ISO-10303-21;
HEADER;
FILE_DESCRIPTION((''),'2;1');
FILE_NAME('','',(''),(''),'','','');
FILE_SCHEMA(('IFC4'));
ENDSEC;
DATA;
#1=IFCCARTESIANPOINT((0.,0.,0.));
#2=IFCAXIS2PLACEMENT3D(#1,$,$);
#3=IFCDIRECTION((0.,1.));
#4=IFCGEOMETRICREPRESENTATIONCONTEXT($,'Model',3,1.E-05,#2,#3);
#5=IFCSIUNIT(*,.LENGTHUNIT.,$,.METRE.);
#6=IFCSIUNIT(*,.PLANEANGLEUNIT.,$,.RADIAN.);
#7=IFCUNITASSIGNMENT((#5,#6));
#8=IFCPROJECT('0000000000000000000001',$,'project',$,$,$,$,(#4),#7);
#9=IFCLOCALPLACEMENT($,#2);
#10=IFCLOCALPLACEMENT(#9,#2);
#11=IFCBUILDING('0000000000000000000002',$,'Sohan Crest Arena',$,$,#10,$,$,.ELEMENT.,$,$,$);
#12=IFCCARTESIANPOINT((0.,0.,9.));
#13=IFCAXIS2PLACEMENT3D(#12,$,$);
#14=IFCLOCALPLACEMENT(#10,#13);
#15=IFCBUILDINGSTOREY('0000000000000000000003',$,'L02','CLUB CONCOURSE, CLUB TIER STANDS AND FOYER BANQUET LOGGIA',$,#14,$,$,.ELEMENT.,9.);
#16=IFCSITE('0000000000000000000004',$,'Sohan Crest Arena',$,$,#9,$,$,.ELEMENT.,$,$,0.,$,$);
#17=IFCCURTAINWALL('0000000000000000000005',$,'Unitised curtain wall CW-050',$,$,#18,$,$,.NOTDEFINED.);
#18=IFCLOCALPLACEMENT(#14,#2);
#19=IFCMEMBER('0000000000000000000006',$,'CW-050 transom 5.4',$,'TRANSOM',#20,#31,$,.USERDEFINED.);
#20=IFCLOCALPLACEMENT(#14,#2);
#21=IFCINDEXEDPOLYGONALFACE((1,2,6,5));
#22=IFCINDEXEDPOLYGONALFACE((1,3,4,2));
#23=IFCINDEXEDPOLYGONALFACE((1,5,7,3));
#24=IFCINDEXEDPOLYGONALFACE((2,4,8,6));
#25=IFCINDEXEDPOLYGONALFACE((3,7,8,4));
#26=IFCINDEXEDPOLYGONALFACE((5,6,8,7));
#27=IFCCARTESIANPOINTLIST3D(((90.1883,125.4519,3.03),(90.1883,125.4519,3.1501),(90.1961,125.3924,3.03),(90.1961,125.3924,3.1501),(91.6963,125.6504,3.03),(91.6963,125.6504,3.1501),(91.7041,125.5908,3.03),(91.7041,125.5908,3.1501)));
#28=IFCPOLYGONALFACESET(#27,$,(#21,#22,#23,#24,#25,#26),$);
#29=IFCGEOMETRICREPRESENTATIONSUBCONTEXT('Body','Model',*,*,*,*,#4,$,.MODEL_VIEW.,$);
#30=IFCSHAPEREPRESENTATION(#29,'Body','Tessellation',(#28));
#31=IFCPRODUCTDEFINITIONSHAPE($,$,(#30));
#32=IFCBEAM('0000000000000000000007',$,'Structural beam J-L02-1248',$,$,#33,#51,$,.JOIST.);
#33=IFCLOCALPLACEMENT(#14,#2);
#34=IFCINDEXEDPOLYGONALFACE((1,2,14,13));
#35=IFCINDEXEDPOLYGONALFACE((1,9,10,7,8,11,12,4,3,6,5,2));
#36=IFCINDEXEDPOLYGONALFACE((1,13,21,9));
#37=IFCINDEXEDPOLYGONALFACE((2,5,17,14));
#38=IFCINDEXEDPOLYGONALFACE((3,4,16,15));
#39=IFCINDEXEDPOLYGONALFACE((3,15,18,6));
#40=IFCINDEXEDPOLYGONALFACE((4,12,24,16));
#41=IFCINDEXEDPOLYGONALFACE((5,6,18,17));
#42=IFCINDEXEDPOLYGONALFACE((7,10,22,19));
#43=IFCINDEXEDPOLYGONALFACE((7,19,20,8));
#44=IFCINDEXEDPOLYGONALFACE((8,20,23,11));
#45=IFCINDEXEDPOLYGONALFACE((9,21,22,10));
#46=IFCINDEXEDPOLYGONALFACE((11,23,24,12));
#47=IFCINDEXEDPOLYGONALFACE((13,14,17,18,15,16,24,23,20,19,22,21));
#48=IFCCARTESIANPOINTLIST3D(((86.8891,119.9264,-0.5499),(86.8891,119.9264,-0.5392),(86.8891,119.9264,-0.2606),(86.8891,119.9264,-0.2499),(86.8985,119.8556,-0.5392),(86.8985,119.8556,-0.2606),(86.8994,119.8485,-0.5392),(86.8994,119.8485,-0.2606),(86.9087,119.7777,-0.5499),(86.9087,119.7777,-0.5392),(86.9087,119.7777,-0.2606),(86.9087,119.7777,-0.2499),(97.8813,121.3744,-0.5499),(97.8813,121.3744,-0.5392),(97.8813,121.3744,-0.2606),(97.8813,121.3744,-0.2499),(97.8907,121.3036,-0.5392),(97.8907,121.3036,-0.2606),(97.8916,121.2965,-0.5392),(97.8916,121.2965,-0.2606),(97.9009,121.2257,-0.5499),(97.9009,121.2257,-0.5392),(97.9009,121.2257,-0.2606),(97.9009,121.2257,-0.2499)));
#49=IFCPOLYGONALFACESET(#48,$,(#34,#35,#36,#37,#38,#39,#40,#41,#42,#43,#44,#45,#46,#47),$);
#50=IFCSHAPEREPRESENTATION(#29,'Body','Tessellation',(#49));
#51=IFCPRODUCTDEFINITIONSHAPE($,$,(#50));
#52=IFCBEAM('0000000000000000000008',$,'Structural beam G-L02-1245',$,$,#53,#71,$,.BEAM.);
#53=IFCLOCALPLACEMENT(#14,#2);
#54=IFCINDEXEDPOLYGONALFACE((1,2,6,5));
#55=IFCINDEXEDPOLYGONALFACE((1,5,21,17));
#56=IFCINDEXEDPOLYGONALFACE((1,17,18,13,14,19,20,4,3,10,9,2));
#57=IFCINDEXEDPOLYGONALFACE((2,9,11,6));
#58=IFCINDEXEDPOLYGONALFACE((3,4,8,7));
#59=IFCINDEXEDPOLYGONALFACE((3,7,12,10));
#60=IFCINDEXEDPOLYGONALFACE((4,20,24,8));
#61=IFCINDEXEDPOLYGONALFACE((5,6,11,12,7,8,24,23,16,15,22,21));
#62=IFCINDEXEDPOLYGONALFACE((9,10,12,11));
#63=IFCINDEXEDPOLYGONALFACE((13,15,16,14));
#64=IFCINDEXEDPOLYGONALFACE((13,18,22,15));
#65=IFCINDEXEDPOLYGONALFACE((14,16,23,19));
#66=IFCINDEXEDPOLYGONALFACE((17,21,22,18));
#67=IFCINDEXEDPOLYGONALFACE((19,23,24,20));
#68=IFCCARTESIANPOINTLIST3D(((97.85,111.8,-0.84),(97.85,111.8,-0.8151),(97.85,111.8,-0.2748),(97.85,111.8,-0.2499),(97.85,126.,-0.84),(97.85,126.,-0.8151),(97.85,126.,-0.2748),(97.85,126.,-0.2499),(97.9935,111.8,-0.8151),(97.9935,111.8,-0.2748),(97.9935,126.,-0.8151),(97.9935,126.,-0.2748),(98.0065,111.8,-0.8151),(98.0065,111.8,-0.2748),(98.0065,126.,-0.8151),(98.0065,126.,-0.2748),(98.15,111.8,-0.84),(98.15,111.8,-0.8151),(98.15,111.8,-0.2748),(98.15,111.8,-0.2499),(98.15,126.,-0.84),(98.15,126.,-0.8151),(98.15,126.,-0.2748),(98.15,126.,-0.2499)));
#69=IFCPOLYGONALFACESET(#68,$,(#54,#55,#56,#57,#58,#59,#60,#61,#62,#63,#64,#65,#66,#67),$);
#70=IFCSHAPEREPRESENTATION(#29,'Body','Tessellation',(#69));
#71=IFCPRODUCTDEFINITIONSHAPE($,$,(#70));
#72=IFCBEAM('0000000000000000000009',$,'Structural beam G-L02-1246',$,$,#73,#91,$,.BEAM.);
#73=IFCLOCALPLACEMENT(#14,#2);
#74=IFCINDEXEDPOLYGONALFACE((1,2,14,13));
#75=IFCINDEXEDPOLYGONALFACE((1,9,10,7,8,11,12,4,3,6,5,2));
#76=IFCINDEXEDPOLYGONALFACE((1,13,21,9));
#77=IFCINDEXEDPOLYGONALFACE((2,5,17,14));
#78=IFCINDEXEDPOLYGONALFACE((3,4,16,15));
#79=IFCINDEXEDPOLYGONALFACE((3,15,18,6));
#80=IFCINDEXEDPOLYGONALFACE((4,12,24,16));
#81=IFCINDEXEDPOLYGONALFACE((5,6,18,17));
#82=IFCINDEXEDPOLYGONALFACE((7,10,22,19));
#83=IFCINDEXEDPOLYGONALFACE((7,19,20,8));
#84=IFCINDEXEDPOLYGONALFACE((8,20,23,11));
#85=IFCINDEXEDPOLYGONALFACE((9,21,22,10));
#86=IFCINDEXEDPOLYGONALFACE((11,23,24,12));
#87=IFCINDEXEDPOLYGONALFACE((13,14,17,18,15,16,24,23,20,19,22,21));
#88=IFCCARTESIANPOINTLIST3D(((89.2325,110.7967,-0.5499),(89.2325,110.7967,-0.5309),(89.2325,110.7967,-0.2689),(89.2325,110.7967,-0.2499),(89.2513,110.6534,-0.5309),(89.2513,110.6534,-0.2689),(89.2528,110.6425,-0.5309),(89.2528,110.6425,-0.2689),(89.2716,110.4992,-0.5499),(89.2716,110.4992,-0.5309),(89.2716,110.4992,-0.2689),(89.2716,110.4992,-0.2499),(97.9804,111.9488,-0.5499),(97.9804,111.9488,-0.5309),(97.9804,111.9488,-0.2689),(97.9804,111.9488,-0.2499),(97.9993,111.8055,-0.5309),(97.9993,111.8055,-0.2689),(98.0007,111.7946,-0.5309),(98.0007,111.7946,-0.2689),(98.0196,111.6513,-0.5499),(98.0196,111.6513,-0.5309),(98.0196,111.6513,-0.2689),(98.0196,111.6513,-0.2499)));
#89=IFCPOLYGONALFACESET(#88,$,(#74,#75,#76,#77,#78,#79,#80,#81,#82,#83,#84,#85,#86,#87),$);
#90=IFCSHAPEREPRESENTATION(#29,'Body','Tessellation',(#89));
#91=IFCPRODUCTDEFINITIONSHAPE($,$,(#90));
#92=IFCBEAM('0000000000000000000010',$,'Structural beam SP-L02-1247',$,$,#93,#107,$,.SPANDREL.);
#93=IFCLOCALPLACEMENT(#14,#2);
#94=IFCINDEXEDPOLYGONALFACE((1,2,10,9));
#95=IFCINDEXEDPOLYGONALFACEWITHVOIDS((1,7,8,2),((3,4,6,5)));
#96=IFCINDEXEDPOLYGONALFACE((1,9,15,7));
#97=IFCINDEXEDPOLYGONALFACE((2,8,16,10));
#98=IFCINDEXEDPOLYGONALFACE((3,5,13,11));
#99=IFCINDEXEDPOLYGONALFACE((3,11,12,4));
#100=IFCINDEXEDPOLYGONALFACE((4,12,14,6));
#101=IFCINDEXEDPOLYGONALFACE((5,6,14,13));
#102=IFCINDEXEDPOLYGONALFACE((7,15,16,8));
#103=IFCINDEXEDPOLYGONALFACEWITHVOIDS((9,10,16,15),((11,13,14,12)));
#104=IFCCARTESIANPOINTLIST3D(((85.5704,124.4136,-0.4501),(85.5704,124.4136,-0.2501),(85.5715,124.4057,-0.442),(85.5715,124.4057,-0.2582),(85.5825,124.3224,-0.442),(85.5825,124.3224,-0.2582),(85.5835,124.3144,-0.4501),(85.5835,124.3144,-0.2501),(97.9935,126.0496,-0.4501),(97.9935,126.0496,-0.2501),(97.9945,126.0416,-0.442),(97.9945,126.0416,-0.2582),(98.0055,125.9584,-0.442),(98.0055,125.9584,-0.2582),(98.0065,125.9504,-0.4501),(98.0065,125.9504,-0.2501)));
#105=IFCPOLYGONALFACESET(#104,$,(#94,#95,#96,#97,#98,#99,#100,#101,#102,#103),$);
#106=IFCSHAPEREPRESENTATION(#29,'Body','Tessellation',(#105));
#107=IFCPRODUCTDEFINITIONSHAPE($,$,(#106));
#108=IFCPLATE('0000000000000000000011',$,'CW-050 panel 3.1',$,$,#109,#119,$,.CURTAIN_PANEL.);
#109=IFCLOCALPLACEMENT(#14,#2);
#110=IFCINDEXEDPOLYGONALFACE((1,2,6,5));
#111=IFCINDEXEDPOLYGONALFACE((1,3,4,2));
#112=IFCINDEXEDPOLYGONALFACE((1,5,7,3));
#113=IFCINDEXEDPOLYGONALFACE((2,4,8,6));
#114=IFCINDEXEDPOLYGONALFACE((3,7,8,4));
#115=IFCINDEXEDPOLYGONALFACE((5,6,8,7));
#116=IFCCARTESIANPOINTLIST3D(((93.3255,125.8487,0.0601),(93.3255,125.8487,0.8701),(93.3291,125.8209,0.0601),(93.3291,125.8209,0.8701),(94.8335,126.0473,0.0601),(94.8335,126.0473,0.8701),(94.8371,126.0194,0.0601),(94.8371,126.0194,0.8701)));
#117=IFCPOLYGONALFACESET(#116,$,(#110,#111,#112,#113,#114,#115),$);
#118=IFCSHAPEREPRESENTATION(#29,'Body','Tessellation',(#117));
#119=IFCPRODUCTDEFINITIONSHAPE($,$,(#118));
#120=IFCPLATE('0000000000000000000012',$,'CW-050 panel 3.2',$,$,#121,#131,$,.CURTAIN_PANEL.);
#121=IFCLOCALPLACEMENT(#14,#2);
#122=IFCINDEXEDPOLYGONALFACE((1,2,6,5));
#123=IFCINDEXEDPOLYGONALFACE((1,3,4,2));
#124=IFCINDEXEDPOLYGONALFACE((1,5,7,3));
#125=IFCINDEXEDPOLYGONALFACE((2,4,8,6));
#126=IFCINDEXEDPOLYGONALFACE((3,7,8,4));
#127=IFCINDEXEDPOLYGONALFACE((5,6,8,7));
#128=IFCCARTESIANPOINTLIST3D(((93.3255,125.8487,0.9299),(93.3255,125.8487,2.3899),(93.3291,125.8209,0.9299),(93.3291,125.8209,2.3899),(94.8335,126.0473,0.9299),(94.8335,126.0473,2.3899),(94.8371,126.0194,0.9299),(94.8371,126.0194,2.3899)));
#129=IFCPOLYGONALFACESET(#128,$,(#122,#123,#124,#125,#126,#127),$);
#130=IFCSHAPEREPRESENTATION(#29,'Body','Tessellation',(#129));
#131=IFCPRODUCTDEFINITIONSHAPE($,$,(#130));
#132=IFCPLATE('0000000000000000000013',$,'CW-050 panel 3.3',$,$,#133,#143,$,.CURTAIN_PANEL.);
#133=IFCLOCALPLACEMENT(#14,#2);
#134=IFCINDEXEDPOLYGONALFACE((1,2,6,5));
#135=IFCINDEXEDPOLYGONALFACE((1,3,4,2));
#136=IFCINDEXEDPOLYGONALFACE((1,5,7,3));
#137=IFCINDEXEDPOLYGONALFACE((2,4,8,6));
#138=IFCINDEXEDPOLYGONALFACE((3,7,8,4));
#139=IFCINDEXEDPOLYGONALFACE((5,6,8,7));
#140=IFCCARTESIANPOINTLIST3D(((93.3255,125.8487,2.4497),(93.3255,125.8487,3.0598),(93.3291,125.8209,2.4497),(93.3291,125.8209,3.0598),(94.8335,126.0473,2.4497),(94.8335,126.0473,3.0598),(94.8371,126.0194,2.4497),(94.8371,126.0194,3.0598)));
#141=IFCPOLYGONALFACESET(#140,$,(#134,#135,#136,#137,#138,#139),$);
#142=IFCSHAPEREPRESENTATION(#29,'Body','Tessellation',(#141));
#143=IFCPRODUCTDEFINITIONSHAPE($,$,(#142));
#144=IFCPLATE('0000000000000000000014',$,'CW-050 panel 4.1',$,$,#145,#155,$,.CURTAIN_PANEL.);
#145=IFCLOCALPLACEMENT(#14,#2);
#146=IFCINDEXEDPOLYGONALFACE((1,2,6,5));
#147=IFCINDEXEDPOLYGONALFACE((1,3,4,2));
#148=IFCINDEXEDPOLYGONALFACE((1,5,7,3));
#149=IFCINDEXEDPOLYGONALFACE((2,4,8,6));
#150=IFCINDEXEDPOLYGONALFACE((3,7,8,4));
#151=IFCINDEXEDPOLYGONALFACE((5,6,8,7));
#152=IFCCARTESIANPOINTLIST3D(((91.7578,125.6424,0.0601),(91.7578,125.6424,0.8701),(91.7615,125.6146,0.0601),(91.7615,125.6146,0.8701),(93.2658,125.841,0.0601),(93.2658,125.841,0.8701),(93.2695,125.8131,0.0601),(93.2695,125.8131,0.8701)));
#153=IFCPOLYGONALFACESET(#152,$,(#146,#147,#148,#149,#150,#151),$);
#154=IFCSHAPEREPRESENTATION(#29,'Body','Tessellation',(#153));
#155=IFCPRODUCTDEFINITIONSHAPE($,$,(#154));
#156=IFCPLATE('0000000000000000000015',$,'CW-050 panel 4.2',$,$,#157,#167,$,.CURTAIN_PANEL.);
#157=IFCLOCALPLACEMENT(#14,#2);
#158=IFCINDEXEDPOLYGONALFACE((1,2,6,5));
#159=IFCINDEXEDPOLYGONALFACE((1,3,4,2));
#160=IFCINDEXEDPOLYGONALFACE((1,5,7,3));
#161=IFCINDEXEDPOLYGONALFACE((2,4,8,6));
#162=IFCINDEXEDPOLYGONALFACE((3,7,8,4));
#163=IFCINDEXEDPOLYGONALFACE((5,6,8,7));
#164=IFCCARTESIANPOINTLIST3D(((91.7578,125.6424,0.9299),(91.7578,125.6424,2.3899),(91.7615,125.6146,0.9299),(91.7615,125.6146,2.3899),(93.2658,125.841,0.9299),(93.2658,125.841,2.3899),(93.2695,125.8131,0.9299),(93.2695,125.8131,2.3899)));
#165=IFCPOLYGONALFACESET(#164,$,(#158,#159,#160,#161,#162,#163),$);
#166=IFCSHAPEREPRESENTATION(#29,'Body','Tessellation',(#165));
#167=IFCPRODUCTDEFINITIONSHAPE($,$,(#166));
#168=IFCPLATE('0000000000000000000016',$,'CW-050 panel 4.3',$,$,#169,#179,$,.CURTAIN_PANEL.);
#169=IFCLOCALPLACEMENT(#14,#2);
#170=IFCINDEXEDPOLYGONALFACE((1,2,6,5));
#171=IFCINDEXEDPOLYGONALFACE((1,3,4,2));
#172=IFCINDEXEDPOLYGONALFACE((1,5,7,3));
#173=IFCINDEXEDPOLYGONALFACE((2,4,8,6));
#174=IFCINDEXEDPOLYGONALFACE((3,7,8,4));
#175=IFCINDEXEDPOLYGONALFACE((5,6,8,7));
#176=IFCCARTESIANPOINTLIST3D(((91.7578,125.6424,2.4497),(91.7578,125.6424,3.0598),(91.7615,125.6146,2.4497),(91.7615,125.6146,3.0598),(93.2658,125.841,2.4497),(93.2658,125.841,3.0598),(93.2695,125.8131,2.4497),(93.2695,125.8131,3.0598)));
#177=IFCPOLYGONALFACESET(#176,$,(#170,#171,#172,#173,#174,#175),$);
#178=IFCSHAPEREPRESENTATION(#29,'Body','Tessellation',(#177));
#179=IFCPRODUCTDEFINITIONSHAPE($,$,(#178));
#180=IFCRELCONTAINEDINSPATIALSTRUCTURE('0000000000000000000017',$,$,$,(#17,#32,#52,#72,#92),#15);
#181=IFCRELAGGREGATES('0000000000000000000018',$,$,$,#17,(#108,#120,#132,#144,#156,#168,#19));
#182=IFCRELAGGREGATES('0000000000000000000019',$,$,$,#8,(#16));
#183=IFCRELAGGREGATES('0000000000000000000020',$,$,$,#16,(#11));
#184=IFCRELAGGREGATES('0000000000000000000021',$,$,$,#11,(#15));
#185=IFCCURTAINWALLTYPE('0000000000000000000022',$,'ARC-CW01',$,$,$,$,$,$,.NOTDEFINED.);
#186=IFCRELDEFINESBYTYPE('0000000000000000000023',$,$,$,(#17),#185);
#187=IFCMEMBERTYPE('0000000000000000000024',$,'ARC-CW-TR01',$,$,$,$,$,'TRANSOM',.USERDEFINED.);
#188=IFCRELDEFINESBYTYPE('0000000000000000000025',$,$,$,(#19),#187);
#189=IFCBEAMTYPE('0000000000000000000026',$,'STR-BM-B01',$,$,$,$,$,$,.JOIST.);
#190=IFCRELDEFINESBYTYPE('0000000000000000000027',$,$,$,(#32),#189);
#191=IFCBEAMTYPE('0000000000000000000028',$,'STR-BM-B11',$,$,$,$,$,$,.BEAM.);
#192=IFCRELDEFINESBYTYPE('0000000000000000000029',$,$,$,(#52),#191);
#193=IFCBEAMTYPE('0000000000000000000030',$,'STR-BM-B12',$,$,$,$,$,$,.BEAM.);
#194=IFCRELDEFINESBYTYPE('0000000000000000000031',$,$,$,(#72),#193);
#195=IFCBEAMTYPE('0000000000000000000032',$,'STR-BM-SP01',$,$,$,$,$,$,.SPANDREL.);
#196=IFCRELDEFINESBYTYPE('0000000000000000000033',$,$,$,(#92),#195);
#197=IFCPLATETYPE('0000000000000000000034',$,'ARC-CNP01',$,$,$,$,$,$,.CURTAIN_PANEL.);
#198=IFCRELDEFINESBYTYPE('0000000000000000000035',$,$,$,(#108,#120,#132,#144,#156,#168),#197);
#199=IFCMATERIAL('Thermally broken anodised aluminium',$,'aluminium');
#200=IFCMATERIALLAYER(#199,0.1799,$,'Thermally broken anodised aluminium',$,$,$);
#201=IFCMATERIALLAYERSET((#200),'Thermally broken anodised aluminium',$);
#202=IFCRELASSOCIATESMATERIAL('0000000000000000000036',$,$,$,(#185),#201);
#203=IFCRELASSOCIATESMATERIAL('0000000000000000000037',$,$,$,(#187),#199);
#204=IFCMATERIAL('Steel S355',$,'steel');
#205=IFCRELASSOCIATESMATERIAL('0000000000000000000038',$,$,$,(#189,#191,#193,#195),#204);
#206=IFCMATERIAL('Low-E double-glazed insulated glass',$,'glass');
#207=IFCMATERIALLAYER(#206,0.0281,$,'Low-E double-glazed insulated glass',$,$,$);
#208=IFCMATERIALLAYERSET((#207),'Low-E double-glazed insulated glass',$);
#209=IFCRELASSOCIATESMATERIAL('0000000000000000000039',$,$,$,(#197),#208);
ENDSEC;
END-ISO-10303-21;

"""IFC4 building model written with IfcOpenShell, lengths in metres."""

from ifc_helpers import new_model, si_unit, direction, frame, origin, origin_2d, place, context, subcontext, project, spatial, rectangle, hollow_rectangle, i_section, extrude, material, layer, layer_set, material_profile, profile_set, type_object, element, aggregate, save


model = new_model("IFC4")

# Units and contexts
model_context = context("Model", 3, precision=1e-05, world=origin(), true_north=direction((0.0, 1.0)))
body_context = subcontext(model_context, "Body", "Model", "MODEL_VIEW")
ifc_project = project(units=[si_unit("LENGTHUNIT", "METRE"), si_unit("PLANEANGLEUNIT", "RADIAN")], contexts=[model_context])

# Site, building, storey
site_placement = place(None, origin())
site = spatial("IfcSite", under=ifc_project, at=site_placement, Name="Sohan Crest Arena", CompositionType="ELEMENT", RefElevation=0.0)
building_placement = place(site_placement, origin())
building = spatial("IfcBuilding", under=site, at=building_placement, Name="Sohan Crest Arena", CompositionType="ELEMENT")
storey_placement = place(building_placement, frame((0.0, 0.0, 9.0)))
storey = spatial("IfcBuildingStorey", under=building, at=storey_placement, Name="L02", Description="CLUB CONCOURSE, CLUB TIER STANDS AND FOYER BANQUET LOGGIA", CompositionType="ELEMENT", Elevation=9.0)

# Shared definitions
ifc_material_1 = material(Name="Steel S355", Category="steel")

# Curtain wall, member
ifc_material_2 = material(Name="Thermally broken anodised aluminium", Category="aluminium")
ifc_layer_1 = layer(ifc_material_2, 0.1799, Name="Thermally broken anodised aluminium")
ifc_layer_set_1 = layer_set([ifc_layer_1], Name="Thermally broken anodised aluminium")
curtain_wall_type_1 = type_object("IfcCurtainWallType", Name="ARC-CW01", PredefinedType="NOTDEFINED", material=ifc_layer_set_1)
curtain_wall_1_placement = place(storey_placement, origin())
curtain_wall_1 = element("IfcCurtainWall", 1, at=curtain_wall_1_placement, inside=storey, type_object=curtain_wall_type_1, Name="Unitised curtain wall CW-050", PredefinedType="NOTDEFINED")
ifc_material_profile_1 = material_profile(ifc_material_2, rectangle(XDim=0.0601, YDim=0.1201, at=origin_2d()), Name="ALU-TRAN 60x120")
ifc_profile_set_1 = profile_set([ifc_material_profile_1], Name="Thermally broken anodised aluminium")
member_type_1 = type_object("IfcMemberType", Name="ARC-CW-TR01", ElementType="TRANSOM", PredefinedType="USERDEFINED", material=ifc_profile_set_1)
member_1_placement = place(storey_placement, frame((91.7002, 125.6206, 3.0901), z_axis=(-0.991449, -0.130492, 0.0), x_axis=(0.130492, -0.991449, 0.0)))
member_1 = element("IfcMember", 2, at=member_1_placement, type_object=member_type_1, Name="CW-050 transom 5.4", ObjectType="TRANSOM", PredefinedType="USERDEFINED", context=body_context, shape_type="SweptSolid", body=[
    extrude(rectangle(XDim=0.0601, YDim=0.1201, at=origin_2d()), origin(), (0.0, 0.0, 1.0), 1.521),
])

# Beams
ifc_material_profile_2 = material_profile(ifc_material_1, i_section(OverallWidth=0.1499, OverallDepth=0.3, WebThickness=0.0071, FlangeThickness=0.0107, at=origin_2d()), Name="IPE 300")
ifc_profile_set_2 = profile_set([ifc_material_profile_2], Name="Steel S355")
beam_type_1 = type_object("IfcBeamType", Name="STR-BM-B01", PredefinedType="JOIST", material=ifc_profile_set_2)
beam_1_placement = place(storey_placement, frame((97.8911, 121.3, -0.3999), z_axis=(-0.991435, -0.130601, 0.0), x_axis=(0.130601, -0.991435, 0.0)))
element("IfcBeam", 3, at=beam_1_placement, inside=storey, type_object=beam_type_1, Name="Structural beam J-L02-1248", PredefinedType="JOIST", context=body_context, shape_type="SweptSolid", body=[
    extrude(i_section(OverallWidth=0.1499, OverallDepth=0.3, WebThickness=0.0071, FlangeThickness=0.0107, at=origin_2d()), origin(), (0.0, 0.0, 1.0), 11.0872),
])
ifc_material_profile_3 = material_profile(ifc_material_1, i_section(OverallWidth=0.3, OverallDepth=0.5901, WebThickness=0.0129, FlangeThickness=0.0249, at=origin_2d()), Name="HEA 600")
ifc_profile_set_3 = profile_set([ifc_material_profile_3], Name="Steel S355")
beam_type_2 = type_object("IfcBeamType", Name="STR-BM-B11", PredefinedType="BEAM", material=ifc_profile_set_3)
beam_2_placement = place(storey_placement, frame((98.0, 111.8, -0.5449), z_axis=(0.0, 1.0, 0.0), x_axis=(-1.0, 0.0, 0.0)))
element("IfcBeam", 4, at=beam_2_placement, inside=storey, type_object=beam_type_2, Name="Structural beam G-L02-1245", PredefinedType="BEAM", context=body_context, shape_type="SweptSolid", body=[
    extrude(i_section(OverallWidth=0.3, OverallDepth=0.5901, WebThickness=0.0129, FlangeThickness=0.0249, at=origin_2d()), origin(), (0.0, 0.0, 1.0), 14.2),
])
ifc_material_profile_4 = material_profile(ifc_material_1, i_section(OverallWidth=0.3, OverallDepth=0.3, WebThickness=0.011, FlangeThickness=0.019, at=origin_2d()), Name="HEB 300")
ifc_profile_set_4 = profile_set([ifc_material_profile_4], Name="Steel S355")
beam_type_3 = type_object("IfcBeamType", Name="STR-BM-B12", PredefinedType="BEAM", material=ifc_profile_set_4)
beam_3_placement = place(storey_placement, frame((98.0, 111.8, -0.3999), z_axis=(-0.991439, -0.13057, 0.0), x_axis=(0.13057, -0.991439, 0.0)))
element("IfcBeam", 5, at=beam_3_placement, inside=storey, type_object=beam_type_3, Name="Structural beam G-L02-1246", PredefinedType="BEAM", context=body_context, shape_type="SweptSolid", body=[
    extrude(i_section(OverallWidth=0.3, OverallDepth=0.3, WebThickness=0.011, FlangeThickness=0.019, at=origin_2d()), origin(), (0.0, 0.0, 1.0), 8.8235),
])
ifc_material_profile_5 = material_profile(ifc_material_1, hollow_rectangle(XDim=0.1001, YDim=0.2, WallThickness=0.0081, at=origin_2d()), Name="RHS 200x100x8")
ifc_profile_set_5 = profile_set([ifc_material_profile_5], Name="Steel S355")
beam_type_4 = type_object("IfcBeamType", Name="STR-BM-SP01", PredefinedType="SPANDREL", material=ifc_profile_set_5)
beam_4_placement = place(storey_placement, frame((98.0, 126.0, -0.3501), z_axis=(-0.99144, -0.130562, 0.0), x_axis=(0.130562, -0.99144, 0.0)))
element("IfcBeam", 6, at=beam_4_placement, inside=storey, type_object=beam_type_4, Name="Structural beam SP-L02-1247", PredefinedType="SPANDREL", context=body_context, shape_type="SweptSolid", body=[
    extrude(hollow_rectangle(XDim=0.1001, YDim=0.2, WallThickness=0.0081, at=origin_2d()), origin(), (0.0, 0.0, 1.0), 12.5303),
])

# Plates
ifc_material_3 = material(Name="Low-E double-glazed insulated glass", Category="glass")
ifc_layer_2 = layer(ifc_material_3, 0.0281, Name="Low-E double-glazed insulated glass")
ifc_layer_set_2 = layer_set([ifc_layer_2], Name="Low-E double-glazed insulated glass")
plate_type_1 = type_object("IfcPlateType", Name="ARC-CNP01", PredefinedType="CURTAIN_PANEL", material=ifc_layer_set_2)
plate_1_placement = place(storey_placement, frame((94.0813, 125.9341, 0.0601), z_axis=(0.0, 0.0, 1.0), x_axis=(-0.991444, -0.130532, 0.0)))
plate_1 = element("IfcPlate", 7, at=plate_1_placement, type_object=plate_type_1, Name="CW-050 panel 3.1", PredefinedType="CURTAIN_PANEL", context=body_context, shape_type="SweptSolid", body=[
    extrude(rectangle(XDim=1.521, YDim=0.0281, at=origin_2d()), origin(), (0.0, 0.0, 1.0), 0.8101),
])
plate_2_placement = place(storey_placement, frame((94.0813, 125.9341, 0.9299), z_axis=(0.0, 0.0, 1.0), x_axis=(-0.991444, -0.130532, 0.0)))
plate_2 = element("IfcPlate", 8, at=plate_2_placement, type_object=plate_type_1, Name="CW-050 panel 3.2", PredefinedType="CURTAIN_PANEL", context=body_context, shape_type="SweptSolid", body=[
    extrude(rectangle(XDim=1.521, YDim=0.0281, at=origin_2d()), origin(), (0.0, 0.0, 1.0), 1.46),
])
plate_3_placement = place(storey_placement, frame((94.0813, 125.9341, 2.4497), z_axis=(0.0, 0.0, 1.0), x_axis=(-0.991444, -0.130532, 0.0)))
plate_3 = element("IfcPlate", 9, at=plate_3_placement, type_object=plate_type_1, Name="CW-050 panel 3.3", PredefinedType="CURTAIN_PANEL", context=body_context, shape_type="SweptSolid", body=[
    extrude(rectangle(XDim=1.521, YDim=0.0281, at=origin_2d()), origin(), (0.0, 0.0, 1.0), 0.6101),
])
plate_4_placement = place(storey_placement, frame((92.5137, 125.7278, 0.0601), z_axis=(0.0, 0.0, 1.0), x_axis=(-0.991444, -0.130532, 0.0)))
plate_4 = element("IfcPlate", 10, at=plate_4_placement, type_object=plate_type_1, Name="CW-050 panel 4.1", PredefinedType="CURTAIN_PANEL", context=body_context, shape_type="SweptSolid", body=[
    extrude(rectangle(XDim=1.521, YDim=0.0281, at=origin_2d()), origin(), (0.0, 0.0, 1.0), 0.8101),
])
plate_5_placement = place(storey_placement, frame((92.5137, 125.7278, 0.9299), z_axis=(0.0, 0.0, 1.0), x_axis=(-0.991444, -0.130532, 0.0)))
plate_5 = element("IfcPlate", 11, at=plate_5_placement, type_object=plate_type_1, Name="CW-050 panel 4.2", PredefinedType="CURTAIN_PANEL", context=body_context, shape_type="SweptSolid", body=[
    extrude(rectangle(XDim=1.521, YDim=0.0281, at=origin_2d()), origin(), (0.0, 0.0, 1.0), 1.46),
])
plate_6_placement = place(storey_placement, frame((92.5137, 125.7278, 2.4497), z_axis=(0.0, 0.0, 1.0), x_axis=(-0.991444, -0.130532, 0.0)))
plate_6 = element("IfcPlate", 12, at=plate_6_placement, type_object=plate_type_1, Name="CW-050 panel 4.3", PredefinedType="CURTAIN_PANEL", context=body_context, shape_type="SweptSolid", body=[
    extrude(rectangle(XDim=1.521, YDim=0.0281, at=origin_2d()), origin(), (0.0, 0.0, 1.0), 0.6101),
])
aggregate(curtain_wall_1, [plate_1, plate_2, plate_3, plate_4, plate_5, plate_6, member_1])

save(model, "model.ifc")
